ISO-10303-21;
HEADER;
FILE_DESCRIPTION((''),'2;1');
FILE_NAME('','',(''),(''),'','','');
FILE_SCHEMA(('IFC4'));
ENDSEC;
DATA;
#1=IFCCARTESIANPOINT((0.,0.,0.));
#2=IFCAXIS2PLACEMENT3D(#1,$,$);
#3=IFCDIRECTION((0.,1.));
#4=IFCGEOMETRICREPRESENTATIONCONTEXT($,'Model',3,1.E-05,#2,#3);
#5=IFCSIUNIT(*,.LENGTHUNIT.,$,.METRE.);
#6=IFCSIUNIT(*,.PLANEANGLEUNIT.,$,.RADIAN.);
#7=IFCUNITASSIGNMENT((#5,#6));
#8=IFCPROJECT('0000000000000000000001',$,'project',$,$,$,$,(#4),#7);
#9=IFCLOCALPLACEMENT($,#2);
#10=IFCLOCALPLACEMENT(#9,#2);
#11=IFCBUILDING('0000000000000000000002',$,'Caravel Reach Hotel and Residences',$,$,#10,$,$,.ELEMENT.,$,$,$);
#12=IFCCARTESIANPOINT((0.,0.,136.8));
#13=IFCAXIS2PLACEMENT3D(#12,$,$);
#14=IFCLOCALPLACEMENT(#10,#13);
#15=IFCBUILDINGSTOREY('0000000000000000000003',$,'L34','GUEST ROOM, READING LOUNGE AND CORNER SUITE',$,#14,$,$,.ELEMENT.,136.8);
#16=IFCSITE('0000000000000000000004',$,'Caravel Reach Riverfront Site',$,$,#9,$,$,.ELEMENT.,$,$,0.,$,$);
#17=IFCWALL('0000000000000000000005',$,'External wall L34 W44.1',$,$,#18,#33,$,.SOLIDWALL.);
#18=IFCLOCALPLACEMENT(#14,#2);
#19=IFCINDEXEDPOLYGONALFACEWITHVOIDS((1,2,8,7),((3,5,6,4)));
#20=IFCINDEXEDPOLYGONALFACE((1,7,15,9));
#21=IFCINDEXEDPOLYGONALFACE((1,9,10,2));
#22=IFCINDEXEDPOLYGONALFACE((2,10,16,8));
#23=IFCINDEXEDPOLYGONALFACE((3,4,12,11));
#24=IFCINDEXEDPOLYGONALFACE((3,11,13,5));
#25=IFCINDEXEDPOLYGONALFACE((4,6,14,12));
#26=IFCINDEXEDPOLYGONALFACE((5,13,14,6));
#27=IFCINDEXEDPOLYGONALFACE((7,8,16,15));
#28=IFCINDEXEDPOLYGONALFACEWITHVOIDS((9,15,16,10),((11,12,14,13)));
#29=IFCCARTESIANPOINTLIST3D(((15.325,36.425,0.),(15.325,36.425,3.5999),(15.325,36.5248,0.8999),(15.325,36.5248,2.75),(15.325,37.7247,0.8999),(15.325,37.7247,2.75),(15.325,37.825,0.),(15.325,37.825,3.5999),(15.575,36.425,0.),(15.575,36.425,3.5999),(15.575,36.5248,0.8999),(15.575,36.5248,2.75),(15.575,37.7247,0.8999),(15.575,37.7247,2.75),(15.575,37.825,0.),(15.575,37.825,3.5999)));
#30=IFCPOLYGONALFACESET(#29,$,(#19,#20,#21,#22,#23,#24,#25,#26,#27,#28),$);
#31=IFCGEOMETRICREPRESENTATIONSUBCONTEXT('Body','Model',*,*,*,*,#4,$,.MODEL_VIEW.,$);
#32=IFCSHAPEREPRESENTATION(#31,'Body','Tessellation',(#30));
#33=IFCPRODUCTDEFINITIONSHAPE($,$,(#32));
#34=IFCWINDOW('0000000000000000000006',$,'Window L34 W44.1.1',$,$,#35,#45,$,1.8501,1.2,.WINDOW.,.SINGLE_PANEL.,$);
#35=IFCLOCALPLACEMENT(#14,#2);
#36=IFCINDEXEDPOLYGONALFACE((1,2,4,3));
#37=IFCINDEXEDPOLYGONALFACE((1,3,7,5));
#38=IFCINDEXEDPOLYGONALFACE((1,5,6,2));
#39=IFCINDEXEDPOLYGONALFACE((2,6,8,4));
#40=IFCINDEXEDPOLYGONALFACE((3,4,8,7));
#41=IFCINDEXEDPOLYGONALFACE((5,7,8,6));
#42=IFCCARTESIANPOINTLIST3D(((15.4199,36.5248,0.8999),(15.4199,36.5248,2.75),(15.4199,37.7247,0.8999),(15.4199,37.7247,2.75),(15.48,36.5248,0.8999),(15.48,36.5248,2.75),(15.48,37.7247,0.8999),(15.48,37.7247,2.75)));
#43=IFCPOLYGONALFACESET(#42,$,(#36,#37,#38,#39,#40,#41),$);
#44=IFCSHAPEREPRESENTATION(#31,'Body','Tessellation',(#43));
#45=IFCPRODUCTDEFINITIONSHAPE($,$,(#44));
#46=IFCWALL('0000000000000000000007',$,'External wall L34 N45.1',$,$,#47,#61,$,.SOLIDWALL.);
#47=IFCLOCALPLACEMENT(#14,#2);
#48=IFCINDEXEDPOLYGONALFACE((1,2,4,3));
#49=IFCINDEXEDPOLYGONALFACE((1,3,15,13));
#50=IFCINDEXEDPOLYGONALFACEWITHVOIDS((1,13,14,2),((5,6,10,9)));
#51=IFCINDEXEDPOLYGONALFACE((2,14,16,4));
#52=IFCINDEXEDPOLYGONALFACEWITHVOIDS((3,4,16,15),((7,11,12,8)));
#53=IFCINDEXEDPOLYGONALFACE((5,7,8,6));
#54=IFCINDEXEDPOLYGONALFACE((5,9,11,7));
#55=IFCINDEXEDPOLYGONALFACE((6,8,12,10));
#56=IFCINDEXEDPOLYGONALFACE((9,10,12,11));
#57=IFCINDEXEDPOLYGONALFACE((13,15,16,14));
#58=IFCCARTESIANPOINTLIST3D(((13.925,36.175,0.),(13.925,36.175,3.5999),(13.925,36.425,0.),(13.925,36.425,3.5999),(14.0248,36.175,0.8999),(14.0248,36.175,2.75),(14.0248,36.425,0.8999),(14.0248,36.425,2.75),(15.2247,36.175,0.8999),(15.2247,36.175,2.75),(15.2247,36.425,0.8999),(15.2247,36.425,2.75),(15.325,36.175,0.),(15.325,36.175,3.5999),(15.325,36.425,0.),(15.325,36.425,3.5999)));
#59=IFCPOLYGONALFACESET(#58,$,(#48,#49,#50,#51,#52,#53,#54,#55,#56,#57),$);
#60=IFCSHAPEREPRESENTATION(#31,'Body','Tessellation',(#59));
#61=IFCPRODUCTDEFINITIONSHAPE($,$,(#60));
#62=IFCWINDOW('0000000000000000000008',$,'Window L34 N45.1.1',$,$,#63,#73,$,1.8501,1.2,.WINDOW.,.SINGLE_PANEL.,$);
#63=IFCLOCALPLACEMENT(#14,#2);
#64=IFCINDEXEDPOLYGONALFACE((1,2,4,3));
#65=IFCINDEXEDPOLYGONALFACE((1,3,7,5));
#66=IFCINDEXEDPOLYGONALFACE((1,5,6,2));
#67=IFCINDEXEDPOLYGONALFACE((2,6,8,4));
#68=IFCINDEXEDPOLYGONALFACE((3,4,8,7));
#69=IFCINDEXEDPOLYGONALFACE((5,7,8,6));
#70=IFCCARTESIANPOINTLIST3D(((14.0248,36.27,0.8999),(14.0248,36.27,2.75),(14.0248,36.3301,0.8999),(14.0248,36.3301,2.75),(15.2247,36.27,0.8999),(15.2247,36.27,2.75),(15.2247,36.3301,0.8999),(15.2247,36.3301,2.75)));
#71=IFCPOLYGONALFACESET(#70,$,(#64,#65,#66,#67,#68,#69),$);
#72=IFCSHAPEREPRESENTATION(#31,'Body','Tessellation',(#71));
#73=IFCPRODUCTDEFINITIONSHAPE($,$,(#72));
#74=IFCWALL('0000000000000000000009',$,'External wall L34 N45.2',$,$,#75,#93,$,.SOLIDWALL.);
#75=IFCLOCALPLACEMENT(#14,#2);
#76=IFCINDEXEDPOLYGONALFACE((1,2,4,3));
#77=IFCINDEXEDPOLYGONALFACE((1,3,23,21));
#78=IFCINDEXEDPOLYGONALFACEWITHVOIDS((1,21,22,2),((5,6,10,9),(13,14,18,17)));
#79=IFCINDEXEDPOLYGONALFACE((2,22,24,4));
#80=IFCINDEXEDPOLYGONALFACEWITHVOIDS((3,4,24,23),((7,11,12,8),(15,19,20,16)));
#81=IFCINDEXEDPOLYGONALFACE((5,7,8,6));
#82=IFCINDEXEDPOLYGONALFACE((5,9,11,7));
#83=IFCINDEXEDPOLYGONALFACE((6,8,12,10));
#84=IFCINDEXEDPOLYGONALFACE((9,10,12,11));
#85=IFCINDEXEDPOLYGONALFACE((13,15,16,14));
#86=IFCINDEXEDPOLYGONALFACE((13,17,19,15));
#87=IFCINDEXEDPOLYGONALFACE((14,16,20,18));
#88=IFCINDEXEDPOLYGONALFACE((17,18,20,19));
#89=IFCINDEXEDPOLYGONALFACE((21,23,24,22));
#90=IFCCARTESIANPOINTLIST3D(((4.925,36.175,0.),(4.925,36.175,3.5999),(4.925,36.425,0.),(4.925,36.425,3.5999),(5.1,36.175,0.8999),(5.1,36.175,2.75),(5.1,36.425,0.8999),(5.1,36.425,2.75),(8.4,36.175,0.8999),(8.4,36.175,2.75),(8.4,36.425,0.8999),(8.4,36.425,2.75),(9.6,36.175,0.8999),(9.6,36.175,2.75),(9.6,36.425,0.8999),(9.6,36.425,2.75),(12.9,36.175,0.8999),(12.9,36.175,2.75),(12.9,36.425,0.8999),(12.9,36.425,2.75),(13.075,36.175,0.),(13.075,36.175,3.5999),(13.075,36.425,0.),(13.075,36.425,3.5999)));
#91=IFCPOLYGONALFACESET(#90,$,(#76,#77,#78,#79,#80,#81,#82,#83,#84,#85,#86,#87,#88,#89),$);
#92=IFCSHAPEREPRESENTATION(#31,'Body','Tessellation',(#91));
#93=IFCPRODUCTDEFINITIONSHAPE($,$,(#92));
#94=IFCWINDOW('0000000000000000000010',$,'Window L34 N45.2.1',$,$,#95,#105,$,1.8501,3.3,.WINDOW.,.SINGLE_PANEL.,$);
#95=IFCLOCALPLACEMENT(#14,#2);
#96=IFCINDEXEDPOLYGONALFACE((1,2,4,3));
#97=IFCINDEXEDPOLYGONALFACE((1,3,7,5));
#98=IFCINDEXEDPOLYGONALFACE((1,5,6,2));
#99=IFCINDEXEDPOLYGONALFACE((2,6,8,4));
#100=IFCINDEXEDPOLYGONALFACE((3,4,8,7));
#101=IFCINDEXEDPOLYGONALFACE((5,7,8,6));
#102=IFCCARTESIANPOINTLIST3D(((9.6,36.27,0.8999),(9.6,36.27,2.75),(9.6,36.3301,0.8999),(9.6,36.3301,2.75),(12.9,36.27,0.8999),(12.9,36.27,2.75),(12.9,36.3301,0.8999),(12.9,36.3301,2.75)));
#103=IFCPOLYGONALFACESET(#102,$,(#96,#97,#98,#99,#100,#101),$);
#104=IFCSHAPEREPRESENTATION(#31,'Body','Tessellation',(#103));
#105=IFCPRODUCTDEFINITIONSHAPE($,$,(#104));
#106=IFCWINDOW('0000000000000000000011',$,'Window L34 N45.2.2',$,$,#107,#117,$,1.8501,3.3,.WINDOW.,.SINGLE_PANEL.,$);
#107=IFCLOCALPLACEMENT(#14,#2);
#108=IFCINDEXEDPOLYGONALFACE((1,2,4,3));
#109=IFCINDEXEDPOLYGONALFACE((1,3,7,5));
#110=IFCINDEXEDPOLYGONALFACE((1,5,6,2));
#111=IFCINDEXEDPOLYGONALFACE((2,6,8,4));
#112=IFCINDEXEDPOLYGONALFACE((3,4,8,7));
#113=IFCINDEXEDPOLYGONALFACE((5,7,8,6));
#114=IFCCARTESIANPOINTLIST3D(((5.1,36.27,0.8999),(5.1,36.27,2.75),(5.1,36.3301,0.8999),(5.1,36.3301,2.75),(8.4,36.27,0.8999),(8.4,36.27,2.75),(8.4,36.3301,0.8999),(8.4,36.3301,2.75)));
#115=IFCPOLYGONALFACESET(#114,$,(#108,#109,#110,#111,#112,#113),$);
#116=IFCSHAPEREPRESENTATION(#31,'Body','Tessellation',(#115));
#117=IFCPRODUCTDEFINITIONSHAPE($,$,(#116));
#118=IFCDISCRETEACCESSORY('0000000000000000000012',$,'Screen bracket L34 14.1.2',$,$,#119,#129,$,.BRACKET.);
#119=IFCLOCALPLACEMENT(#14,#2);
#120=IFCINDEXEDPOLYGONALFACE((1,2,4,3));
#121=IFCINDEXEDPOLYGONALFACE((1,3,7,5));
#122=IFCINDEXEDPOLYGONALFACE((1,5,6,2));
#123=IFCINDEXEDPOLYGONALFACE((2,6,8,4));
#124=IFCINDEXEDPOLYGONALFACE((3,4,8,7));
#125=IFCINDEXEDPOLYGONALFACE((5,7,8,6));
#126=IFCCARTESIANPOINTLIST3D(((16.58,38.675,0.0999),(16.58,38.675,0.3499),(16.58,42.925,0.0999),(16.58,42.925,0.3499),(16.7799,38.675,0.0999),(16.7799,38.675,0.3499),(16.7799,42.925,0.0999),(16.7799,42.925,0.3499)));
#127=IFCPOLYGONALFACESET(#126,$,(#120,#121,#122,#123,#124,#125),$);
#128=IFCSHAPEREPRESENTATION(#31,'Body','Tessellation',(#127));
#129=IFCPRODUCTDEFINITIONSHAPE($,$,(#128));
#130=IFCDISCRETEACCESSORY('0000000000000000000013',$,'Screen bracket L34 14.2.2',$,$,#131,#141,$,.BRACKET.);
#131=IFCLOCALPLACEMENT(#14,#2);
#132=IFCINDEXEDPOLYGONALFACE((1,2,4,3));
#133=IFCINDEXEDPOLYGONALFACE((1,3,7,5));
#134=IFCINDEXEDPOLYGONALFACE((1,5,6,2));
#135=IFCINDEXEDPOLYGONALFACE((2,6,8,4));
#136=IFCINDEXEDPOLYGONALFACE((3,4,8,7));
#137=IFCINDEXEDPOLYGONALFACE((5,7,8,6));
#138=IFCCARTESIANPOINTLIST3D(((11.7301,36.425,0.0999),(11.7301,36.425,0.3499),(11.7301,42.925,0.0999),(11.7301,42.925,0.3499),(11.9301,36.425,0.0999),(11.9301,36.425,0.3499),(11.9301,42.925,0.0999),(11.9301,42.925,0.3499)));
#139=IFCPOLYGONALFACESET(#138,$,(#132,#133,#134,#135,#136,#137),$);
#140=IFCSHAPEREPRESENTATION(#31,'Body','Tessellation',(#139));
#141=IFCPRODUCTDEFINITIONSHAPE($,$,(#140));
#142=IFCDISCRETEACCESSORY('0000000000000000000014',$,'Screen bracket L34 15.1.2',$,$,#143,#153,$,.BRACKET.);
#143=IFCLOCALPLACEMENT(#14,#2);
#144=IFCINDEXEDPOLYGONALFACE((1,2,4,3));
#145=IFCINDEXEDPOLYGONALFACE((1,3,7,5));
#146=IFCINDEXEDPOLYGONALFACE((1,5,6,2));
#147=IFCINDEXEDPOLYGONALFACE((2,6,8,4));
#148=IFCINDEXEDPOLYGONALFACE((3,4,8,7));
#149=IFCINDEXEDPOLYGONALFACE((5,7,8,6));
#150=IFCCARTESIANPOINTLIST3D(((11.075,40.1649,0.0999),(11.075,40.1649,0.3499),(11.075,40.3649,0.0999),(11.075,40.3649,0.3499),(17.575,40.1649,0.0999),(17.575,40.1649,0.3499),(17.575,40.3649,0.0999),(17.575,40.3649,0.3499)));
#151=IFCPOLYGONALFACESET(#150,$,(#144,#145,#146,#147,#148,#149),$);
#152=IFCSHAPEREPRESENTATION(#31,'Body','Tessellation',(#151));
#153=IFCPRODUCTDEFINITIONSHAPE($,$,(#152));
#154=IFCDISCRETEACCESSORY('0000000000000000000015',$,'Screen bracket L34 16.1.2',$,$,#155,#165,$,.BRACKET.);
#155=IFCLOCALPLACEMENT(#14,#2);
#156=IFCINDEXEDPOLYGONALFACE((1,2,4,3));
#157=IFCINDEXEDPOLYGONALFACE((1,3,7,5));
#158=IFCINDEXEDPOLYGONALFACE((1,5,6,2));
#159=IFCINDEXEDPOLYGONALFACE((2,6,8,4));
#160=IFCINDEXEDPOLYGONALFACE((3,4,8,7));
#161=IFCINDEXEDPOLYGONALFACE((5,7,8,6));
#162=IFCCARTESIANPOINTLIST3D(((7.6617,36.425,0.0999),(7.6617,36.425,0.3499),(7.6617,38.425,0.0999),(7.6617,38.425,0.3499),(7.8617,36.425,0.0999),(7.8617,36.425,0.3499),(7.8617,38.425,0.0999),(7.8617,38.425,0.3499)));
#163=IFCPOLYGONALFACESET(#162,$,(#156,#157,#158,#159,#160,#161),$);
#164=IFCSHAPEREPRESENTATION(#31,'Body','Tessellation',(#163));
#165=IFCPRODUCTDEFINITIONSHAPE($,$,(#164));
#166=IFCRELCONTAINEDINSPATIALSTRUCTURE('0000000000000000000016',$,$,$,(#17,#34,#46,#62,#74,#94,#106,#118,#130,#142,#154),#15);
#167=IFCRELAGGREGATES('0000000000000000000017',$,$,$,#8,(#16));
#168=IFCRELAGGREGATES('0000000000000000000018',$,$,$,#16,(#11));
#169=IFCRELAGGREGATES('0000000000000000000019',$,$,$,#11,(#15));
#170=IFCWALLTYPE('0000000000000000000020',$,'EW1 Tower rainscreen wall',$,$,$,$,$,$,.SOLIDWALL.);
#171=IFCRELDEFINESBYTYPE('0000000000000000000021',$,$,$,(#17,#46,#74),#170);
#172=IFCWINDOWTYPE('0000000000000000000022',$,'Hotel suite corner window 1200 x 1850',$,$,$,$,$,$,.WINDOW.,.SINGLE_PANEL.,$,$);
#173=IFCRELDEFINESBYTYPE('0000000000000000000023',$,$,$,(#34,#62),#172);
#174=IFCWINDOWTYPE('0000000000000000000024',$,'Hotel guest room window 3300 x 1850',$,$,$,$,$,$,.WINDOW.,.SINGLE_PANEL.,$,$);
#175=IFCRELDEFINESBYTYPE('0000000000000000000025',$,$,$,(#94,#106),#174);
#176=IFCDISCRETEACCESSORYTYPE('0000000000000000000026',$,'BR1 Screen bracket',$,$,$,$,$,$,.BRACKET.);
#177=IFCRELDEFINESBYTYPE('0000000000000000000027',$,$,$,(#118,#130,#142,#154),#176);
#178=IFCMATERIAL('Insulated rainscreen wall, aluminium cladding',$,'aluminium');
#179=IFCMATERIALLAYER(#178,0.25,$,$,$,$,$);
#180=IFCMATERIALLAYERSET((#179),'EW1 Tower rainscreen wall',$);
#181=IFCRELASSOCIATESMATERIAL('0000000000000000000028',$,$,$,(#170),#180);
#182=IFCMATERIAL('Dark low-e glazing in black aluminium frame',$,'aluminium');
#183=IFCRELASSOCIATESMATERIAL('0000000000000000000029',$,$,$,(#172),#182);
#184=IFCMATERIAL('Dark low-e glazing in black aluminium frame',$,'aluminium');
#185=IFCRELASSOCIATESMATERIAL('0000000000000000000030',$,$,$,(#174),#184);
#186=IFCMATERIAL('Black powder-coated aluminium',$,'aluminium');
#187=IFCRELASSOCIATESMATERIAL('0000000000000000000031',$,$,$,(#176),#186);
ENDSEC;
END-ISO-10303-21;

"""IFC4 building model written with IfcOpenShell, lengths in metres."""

from ifc_helpers import new_model, si_unit, direction, frame, frame_2d, origin, origin_2d, place, context, subcontext, project, spatial, rectangle, extrude, material, layer, layer_set, type_object, element, fill, save


model = new_model("IFC4")

# Units and contexts
model_context = context("Model", 3, precision=1e-05, world=origin(), true_north=direction((0.0, 1.0)))
body_context = subcontext(model_context, "Body", "Model", "MODEL_VIEW")
ifc_project = project(units=[si_unit("LENGTHUNIT", "METRE"), si_unit("PLANEANGLEUNIT", "RADIAN")], contexts=[model_context])

# Site, building, storey
site_placement = place(None, origin())
site = spatial("IfcSite", under=ifc_project, at=site_placement, Name="Caravel Reach Riverfront Site", CompositionType="ELEMENT", RefElevation=0.0)
building_placement = place(site_placement, origin())
building = spatial("IfcBuilding", under=site, at=building_placement, Name="Caravel Reach Hotel and Residences", CompositionType="ELEMENT")
storey_placement = place(building_placement, frame((0.0, 0.0, 136.8)))
storey = spatial("IfcBuildingStorey", under=building, at=storey_placement, Name="L34", Description="GUEST ROOM, READING LOUNGE AND CORNER SUITE", CompositionType="ELEMENT", Elevation=136.8)

# Walls, openings, windows
ifc_material_1 = material(Name="Insulated rainscreen wall, aluminium cladding", Category="aluminium")
ifc_layer = layer(ifc_material_1, 0.25)
ifc_layer_set = layer_set([ifc_layer], Name="EW1 Tower rainscreen wall")
wall_type = type_object("IfcWallType", Name="EW1 Tower rainscreen wall", PredefinedType="SOLIDWALL", material=ifc_layer_set)
wall_1_placement = place(storey_placement, frame((15.45, 37.825, 0.0), z_axis=(0.0, 0.0, 1.0), x_axis=(0.0, -1.0, 0.0)))
wall_1 = element("IfcWall", 1, at=wall_1_placement, inside=storey, type_object=wall_type, Name="External wall L34 W44.1", PredefinedType="SOLIDWALL", context=body_context, shape_type="SweptSolid", body=[
    extrude(rectangle(XDim=1.3999, YDim=0.25, at=frame_2d((0.7, 0.0))), origin(), (0.0, 0.0, 1.0), 3.5999),
])
opening_1_placement = place(wall_1_placement, frame((0.1001, 0.0, 0.8999)))
opening_1 = element("IfcOpeningElement", 2, at=opening_1_placement, cuts=wall_1, PredefinedType="OPENING", context=body_context, shape_type="SweptSolid", body=[
    extrude(rectangle(XDim=1.2, YDim=1.8501, at=frame_2d((0.6001, 0.925))), frame((0.0, 0.135, 0.0), z_axis=(0.0, -1.0, 0.0), x_axis=(1.0, 0.0, 0.0)), (0.0, 0.0, 1.0), 0.27),
])
ifc_material_2 = material(Name="Dark low-e glazing in black aluminium frame", Category="aluminium")
window_type_1 = type_object("IfcWindowType", Name="Hotel suite corner window 1200 x 1850", PartitioningType="SINGLE_PANEL", PredefinedType="WINDOW", material=ifc_material_2)
window_1_placement = place(opening_1_placement, origin())
window_1 = element("IfcWindow", 3, at=window_1_placement, inside=storey, type_object=window_type_1, Name="Window L34 W44.1.1", OverallHeight=1.8501, OverallWidth=1.2, PartitioningType="SINGLE_PANEL", PredefinedType="WINDOW", context=body_context, shape_type="SweptSolid", body=[
    extrude(rectangle(XDim=1.2, YDim=1.8501, at=frame_2d((0.6001, 0.925))), frame((0.0, 0.03, 0.0), z_axis=(0.0, -1.0, 0.0), x_axis=(1.0, 0.0, 0.0)), (0.0, 0.0, 1.0), 0.0601),
])
fill(opening_1, window_1)
wall_2_placement = place(storey_placement, frame((15.325, 36.3, 0.0), z_axis=(0.0, 0.0, 1.0), x_axis=(-1.0, 0.0, 0.0)))
wall_2 = element("IfcWall", 4, at=wall_2_placement, inside=storey, type_object=wall_type, Name="External wall L34 N45.1", PredefinedType="SOLIDWALL", context=body_context, shape_type="SweptSolid", body=[
    extrude(rectangle(XDim=1.3999, YDim=0.25, at=frame_2d((0.7, 0.0))), origin(), (0.0, 0.0, 1.0), 3.5999),
])
opening_2_placement = place(wall_2_placement, frame((0.1001, 0.0, 0.8999)))
opening_2 = element("IfcOpeningElement", 5, at=opening_2_placement, cuts=wall_2, PredefinedType="OPENING", context=body_context, shape_type="SweptSolid", body=[
    extrude(rectangle(XDim=1.2, YDim=1.8501, at=frame_2d((0.6001, 0.925))), frame((0.0, 0.135, 0.0), z_axis=(0.0, -1.0, 0.0), x_axis=(1.0, 0.0, 0.0)), (0.0, 0.0, 1.0), 0.27),
])
window_2_placement = place(opening_2_placement, origin())
window_2 = element("IfcWindow", 6, at=window_2_placement, inside=storey, type_object=window_type_1, Name="Window L34 N45.1.1", OverallHeight=1.8501, OverallWidth=1.2, PartitioningType="SINGLE_PANEL", PredefinedType="WINDOW", context=body_context, shape_type="SweptSolid", body=[
    extrude(rectangle(XDim=1.2, YDim=1.8501, at=frame_2d((0.6001, 0.925))), frame((0.0, 0.03, 0.0), z_axis=(0.0, -1.0, 0.0), x_axis=(1.0, 0.0, 0.0)), (0.0, 0.0, 1.0), 0.0601),
])
fill(opening_2, window_2)

# Wall, openings, windows
wall_3_placement = place(storey_placement, frame((13.075, 36.3, 0.0), z_axis=(0.0, 0.0, 1.0), x_axis=(-1.0, 0.0, 0.0)))
wall_3 = element("IfcWall", 7, at=wall_3_placement, inside=storey, type_object=wall_type, Name="External wall L34 N45.2", PredefinedType="SOLIDWALL", context=body_context, shape_type="SweptSolid", body=[
    extrude(rectangle(XDim=8.1499, YDim=0.25, at=frame_2d((4.075, 0.0))), origin(), (0.0, 0.0, 1.0), 3.5999),
])
opening_3_placement = place(wall_3_placement, frame((0.175, 0.0, 0.8999)))
opening_3 = element("IfcOpeningElement", 8, at=opening_3_placement, cuts=wall_3, PredefinedType="OPENING", context=body_context, shape_type="SweptSolid", body=[
    extrude(rectangle(XDim=3.3, YDim=1.8501, at=frame_2d((1.6499, 0.925))), frame((0.0, 0.135, 0.0), z_axis=(0.0, -1.0, 0.0), x_axis=(1.0, 0.0, 0.0)), (0.0, 0.0, 1.0), 0.27),
])
opening_4_placement = place(wall_3_placement, frame((4.675, 0.0, 0.8999)))
opening_4 = element("IfcOpeningElement", 9, at=opening_4_placement, cuts=wall_3, PredefinedType="OPENING", context=body_context, shape_type="SweptSolid", body=[
    extrude(rectangle(XDim=3.3, YDim=1.8501, at=frame_2d((1.6499, 0.925))), frame((0.0, 0.135, 0.0), z_axis=(0.0, -1.0, 0.0), x_axis=(1.0, 0.0, 0.0)), (0.0, 0.0, 1.0), 0.27),
])
ifc_material_3 = material(Name="Dark low-e glazing in black aluminium frame", Category="aluminium")
window_type_2 = type_object("IfcWindowType", Name="Hotel guest room window 3300 x 1850", PartitioningType="SINGLE_PANEL", PredefinedType="WINDOW", material=ifc_material_3)
window_3_placement = place(opening_3_placement, origin())
window_3 = element("IfcWindow", 10, at=window_3_placement, inside=storey, type_object=window_type_2, Name="Window L34 N45.2.1", OverallHeight=1.8501, OverallWidth=3.3, PartitioningType="SINGLE_PANEL", PredefinedType="WINDOW", context=body_context, shape_type="SweptSolid", body=[
    extrude(rectangle(XDim=3.3, YDim=1.8501, at=frame_2d((1.6499, 0.925))), frame((0.0, 0.03, 0.0), z_axis=(0.0, -1.0, 0.0), x_axis=(1.0, 0.0, 0.0)), (0.0, 0.0, 1.0), 0.0601),
])
fill(opening_3, window_3)
window_4_placement = place(opening_4_placement, origin())
window_4 = element("IfcWindow", 11, at=window_4_placement, inside=storey, type_object=window_type_2, Name="Window L34 N45.2.2", OverallHeight=1.8501, OverallWidth=3.3, PartitioningType="SINGLE_PANEL", PredefinedType="WINDOW", context=body_context, shape_type="SweptSolid", body=[
    extrude(rectangle(XDim=3.3, YDim=1.8501, at=frame_2d((1.6499, 0.925))), frame((0.0, 0.03, 0.0), z_axis=(0.0, -1.0, 0.0), x_axis=(1.0, 0.0, 0.0)), (0.0, 0.0, 1.0), 0.0601),
])
fill(opening_4, window_4)

# Discrete accessories
ifc_material_4 = material(Name="Black powder-coated aluminium", Category="aluminium")
discrete_accessory_type = type_object("IfcDiscreteAccessoryType", Name="BR1 Screen bracket", PredefinedType="BRACKET", material=ifc_material_4)
discrete_accessory_1_placement = place(storey_placement, frame((16.6799, 40.8, 0.0999), z_axis=(0.0, 0.0, 1.0), x_axis=(0.0, 1.0, 0.0)))
element("IfcDiscreteAccessory", 12, at=discrete_accessory_1_placement, inside=storey, type_object=discrete_accessory_type, Name="Screen bracket L34 14.1.2", PredefinedType="BRACKET", context=body_context, shape_type="SweptSolid", body=[
    extrude(rectangle(XDim=4.25, YDim=0.2, at=origin_2d()), origin(), (0.0, 0.0, 1.0), 0.25),
])
for number, where, z_axis, x_axis, name in (
    (13, (11.8301, 39.675, 0.0999), (0.0, 0.0, 1.0), (0.0, 1.0, 0.0), "Screen bracket L34 14.2.2"),
    (14, (14.325, 40.2649, 0.0999), (0.0, 0.0, 1.0), (-1.0, 0.0, 0.0), "Screen bracket L34 15.1.2"),
):
    element("IfcDiscreteAccessory", number, at=place(storey_placement, frame(where, z_axis=z_axis, x_axis=x_axis)), inside=storey, type_object=discrete_accessory_type, Name=name, PredefinedType="BRACKET", context=body_context, shape_type="SweptSolid", body=[
        extrude(rectangle(XDim=6.5, YDim=0.2, at=origin_2d()), origin(), (0.0, 0.0, 1.0), 0.25),
    ])
discrete_accessory_2_placement = place(storey_placement, frame((7.7617, 37.425, 0.0999), z_axis=(0.0, 0.0, 1.0), x_axis=(0.0, 1.0, 0.0)))
element("IfcDiscreteAccessory", 15, at=discrete_accessory_2_placement, inside=storey, type_object=discrete_accessory_type, Name="Screen bracket L34 16.1.2", PredefinedType="BRACKET", context=body_context, shape_type="SweptSolid", body=[
    extrude(rectangle(XDim=2.0, YDim=0.2, at=origin_2d()), origin(), (0.0, 0.0, 1.0), 0.25),
])

save(model, "model.ifc")
